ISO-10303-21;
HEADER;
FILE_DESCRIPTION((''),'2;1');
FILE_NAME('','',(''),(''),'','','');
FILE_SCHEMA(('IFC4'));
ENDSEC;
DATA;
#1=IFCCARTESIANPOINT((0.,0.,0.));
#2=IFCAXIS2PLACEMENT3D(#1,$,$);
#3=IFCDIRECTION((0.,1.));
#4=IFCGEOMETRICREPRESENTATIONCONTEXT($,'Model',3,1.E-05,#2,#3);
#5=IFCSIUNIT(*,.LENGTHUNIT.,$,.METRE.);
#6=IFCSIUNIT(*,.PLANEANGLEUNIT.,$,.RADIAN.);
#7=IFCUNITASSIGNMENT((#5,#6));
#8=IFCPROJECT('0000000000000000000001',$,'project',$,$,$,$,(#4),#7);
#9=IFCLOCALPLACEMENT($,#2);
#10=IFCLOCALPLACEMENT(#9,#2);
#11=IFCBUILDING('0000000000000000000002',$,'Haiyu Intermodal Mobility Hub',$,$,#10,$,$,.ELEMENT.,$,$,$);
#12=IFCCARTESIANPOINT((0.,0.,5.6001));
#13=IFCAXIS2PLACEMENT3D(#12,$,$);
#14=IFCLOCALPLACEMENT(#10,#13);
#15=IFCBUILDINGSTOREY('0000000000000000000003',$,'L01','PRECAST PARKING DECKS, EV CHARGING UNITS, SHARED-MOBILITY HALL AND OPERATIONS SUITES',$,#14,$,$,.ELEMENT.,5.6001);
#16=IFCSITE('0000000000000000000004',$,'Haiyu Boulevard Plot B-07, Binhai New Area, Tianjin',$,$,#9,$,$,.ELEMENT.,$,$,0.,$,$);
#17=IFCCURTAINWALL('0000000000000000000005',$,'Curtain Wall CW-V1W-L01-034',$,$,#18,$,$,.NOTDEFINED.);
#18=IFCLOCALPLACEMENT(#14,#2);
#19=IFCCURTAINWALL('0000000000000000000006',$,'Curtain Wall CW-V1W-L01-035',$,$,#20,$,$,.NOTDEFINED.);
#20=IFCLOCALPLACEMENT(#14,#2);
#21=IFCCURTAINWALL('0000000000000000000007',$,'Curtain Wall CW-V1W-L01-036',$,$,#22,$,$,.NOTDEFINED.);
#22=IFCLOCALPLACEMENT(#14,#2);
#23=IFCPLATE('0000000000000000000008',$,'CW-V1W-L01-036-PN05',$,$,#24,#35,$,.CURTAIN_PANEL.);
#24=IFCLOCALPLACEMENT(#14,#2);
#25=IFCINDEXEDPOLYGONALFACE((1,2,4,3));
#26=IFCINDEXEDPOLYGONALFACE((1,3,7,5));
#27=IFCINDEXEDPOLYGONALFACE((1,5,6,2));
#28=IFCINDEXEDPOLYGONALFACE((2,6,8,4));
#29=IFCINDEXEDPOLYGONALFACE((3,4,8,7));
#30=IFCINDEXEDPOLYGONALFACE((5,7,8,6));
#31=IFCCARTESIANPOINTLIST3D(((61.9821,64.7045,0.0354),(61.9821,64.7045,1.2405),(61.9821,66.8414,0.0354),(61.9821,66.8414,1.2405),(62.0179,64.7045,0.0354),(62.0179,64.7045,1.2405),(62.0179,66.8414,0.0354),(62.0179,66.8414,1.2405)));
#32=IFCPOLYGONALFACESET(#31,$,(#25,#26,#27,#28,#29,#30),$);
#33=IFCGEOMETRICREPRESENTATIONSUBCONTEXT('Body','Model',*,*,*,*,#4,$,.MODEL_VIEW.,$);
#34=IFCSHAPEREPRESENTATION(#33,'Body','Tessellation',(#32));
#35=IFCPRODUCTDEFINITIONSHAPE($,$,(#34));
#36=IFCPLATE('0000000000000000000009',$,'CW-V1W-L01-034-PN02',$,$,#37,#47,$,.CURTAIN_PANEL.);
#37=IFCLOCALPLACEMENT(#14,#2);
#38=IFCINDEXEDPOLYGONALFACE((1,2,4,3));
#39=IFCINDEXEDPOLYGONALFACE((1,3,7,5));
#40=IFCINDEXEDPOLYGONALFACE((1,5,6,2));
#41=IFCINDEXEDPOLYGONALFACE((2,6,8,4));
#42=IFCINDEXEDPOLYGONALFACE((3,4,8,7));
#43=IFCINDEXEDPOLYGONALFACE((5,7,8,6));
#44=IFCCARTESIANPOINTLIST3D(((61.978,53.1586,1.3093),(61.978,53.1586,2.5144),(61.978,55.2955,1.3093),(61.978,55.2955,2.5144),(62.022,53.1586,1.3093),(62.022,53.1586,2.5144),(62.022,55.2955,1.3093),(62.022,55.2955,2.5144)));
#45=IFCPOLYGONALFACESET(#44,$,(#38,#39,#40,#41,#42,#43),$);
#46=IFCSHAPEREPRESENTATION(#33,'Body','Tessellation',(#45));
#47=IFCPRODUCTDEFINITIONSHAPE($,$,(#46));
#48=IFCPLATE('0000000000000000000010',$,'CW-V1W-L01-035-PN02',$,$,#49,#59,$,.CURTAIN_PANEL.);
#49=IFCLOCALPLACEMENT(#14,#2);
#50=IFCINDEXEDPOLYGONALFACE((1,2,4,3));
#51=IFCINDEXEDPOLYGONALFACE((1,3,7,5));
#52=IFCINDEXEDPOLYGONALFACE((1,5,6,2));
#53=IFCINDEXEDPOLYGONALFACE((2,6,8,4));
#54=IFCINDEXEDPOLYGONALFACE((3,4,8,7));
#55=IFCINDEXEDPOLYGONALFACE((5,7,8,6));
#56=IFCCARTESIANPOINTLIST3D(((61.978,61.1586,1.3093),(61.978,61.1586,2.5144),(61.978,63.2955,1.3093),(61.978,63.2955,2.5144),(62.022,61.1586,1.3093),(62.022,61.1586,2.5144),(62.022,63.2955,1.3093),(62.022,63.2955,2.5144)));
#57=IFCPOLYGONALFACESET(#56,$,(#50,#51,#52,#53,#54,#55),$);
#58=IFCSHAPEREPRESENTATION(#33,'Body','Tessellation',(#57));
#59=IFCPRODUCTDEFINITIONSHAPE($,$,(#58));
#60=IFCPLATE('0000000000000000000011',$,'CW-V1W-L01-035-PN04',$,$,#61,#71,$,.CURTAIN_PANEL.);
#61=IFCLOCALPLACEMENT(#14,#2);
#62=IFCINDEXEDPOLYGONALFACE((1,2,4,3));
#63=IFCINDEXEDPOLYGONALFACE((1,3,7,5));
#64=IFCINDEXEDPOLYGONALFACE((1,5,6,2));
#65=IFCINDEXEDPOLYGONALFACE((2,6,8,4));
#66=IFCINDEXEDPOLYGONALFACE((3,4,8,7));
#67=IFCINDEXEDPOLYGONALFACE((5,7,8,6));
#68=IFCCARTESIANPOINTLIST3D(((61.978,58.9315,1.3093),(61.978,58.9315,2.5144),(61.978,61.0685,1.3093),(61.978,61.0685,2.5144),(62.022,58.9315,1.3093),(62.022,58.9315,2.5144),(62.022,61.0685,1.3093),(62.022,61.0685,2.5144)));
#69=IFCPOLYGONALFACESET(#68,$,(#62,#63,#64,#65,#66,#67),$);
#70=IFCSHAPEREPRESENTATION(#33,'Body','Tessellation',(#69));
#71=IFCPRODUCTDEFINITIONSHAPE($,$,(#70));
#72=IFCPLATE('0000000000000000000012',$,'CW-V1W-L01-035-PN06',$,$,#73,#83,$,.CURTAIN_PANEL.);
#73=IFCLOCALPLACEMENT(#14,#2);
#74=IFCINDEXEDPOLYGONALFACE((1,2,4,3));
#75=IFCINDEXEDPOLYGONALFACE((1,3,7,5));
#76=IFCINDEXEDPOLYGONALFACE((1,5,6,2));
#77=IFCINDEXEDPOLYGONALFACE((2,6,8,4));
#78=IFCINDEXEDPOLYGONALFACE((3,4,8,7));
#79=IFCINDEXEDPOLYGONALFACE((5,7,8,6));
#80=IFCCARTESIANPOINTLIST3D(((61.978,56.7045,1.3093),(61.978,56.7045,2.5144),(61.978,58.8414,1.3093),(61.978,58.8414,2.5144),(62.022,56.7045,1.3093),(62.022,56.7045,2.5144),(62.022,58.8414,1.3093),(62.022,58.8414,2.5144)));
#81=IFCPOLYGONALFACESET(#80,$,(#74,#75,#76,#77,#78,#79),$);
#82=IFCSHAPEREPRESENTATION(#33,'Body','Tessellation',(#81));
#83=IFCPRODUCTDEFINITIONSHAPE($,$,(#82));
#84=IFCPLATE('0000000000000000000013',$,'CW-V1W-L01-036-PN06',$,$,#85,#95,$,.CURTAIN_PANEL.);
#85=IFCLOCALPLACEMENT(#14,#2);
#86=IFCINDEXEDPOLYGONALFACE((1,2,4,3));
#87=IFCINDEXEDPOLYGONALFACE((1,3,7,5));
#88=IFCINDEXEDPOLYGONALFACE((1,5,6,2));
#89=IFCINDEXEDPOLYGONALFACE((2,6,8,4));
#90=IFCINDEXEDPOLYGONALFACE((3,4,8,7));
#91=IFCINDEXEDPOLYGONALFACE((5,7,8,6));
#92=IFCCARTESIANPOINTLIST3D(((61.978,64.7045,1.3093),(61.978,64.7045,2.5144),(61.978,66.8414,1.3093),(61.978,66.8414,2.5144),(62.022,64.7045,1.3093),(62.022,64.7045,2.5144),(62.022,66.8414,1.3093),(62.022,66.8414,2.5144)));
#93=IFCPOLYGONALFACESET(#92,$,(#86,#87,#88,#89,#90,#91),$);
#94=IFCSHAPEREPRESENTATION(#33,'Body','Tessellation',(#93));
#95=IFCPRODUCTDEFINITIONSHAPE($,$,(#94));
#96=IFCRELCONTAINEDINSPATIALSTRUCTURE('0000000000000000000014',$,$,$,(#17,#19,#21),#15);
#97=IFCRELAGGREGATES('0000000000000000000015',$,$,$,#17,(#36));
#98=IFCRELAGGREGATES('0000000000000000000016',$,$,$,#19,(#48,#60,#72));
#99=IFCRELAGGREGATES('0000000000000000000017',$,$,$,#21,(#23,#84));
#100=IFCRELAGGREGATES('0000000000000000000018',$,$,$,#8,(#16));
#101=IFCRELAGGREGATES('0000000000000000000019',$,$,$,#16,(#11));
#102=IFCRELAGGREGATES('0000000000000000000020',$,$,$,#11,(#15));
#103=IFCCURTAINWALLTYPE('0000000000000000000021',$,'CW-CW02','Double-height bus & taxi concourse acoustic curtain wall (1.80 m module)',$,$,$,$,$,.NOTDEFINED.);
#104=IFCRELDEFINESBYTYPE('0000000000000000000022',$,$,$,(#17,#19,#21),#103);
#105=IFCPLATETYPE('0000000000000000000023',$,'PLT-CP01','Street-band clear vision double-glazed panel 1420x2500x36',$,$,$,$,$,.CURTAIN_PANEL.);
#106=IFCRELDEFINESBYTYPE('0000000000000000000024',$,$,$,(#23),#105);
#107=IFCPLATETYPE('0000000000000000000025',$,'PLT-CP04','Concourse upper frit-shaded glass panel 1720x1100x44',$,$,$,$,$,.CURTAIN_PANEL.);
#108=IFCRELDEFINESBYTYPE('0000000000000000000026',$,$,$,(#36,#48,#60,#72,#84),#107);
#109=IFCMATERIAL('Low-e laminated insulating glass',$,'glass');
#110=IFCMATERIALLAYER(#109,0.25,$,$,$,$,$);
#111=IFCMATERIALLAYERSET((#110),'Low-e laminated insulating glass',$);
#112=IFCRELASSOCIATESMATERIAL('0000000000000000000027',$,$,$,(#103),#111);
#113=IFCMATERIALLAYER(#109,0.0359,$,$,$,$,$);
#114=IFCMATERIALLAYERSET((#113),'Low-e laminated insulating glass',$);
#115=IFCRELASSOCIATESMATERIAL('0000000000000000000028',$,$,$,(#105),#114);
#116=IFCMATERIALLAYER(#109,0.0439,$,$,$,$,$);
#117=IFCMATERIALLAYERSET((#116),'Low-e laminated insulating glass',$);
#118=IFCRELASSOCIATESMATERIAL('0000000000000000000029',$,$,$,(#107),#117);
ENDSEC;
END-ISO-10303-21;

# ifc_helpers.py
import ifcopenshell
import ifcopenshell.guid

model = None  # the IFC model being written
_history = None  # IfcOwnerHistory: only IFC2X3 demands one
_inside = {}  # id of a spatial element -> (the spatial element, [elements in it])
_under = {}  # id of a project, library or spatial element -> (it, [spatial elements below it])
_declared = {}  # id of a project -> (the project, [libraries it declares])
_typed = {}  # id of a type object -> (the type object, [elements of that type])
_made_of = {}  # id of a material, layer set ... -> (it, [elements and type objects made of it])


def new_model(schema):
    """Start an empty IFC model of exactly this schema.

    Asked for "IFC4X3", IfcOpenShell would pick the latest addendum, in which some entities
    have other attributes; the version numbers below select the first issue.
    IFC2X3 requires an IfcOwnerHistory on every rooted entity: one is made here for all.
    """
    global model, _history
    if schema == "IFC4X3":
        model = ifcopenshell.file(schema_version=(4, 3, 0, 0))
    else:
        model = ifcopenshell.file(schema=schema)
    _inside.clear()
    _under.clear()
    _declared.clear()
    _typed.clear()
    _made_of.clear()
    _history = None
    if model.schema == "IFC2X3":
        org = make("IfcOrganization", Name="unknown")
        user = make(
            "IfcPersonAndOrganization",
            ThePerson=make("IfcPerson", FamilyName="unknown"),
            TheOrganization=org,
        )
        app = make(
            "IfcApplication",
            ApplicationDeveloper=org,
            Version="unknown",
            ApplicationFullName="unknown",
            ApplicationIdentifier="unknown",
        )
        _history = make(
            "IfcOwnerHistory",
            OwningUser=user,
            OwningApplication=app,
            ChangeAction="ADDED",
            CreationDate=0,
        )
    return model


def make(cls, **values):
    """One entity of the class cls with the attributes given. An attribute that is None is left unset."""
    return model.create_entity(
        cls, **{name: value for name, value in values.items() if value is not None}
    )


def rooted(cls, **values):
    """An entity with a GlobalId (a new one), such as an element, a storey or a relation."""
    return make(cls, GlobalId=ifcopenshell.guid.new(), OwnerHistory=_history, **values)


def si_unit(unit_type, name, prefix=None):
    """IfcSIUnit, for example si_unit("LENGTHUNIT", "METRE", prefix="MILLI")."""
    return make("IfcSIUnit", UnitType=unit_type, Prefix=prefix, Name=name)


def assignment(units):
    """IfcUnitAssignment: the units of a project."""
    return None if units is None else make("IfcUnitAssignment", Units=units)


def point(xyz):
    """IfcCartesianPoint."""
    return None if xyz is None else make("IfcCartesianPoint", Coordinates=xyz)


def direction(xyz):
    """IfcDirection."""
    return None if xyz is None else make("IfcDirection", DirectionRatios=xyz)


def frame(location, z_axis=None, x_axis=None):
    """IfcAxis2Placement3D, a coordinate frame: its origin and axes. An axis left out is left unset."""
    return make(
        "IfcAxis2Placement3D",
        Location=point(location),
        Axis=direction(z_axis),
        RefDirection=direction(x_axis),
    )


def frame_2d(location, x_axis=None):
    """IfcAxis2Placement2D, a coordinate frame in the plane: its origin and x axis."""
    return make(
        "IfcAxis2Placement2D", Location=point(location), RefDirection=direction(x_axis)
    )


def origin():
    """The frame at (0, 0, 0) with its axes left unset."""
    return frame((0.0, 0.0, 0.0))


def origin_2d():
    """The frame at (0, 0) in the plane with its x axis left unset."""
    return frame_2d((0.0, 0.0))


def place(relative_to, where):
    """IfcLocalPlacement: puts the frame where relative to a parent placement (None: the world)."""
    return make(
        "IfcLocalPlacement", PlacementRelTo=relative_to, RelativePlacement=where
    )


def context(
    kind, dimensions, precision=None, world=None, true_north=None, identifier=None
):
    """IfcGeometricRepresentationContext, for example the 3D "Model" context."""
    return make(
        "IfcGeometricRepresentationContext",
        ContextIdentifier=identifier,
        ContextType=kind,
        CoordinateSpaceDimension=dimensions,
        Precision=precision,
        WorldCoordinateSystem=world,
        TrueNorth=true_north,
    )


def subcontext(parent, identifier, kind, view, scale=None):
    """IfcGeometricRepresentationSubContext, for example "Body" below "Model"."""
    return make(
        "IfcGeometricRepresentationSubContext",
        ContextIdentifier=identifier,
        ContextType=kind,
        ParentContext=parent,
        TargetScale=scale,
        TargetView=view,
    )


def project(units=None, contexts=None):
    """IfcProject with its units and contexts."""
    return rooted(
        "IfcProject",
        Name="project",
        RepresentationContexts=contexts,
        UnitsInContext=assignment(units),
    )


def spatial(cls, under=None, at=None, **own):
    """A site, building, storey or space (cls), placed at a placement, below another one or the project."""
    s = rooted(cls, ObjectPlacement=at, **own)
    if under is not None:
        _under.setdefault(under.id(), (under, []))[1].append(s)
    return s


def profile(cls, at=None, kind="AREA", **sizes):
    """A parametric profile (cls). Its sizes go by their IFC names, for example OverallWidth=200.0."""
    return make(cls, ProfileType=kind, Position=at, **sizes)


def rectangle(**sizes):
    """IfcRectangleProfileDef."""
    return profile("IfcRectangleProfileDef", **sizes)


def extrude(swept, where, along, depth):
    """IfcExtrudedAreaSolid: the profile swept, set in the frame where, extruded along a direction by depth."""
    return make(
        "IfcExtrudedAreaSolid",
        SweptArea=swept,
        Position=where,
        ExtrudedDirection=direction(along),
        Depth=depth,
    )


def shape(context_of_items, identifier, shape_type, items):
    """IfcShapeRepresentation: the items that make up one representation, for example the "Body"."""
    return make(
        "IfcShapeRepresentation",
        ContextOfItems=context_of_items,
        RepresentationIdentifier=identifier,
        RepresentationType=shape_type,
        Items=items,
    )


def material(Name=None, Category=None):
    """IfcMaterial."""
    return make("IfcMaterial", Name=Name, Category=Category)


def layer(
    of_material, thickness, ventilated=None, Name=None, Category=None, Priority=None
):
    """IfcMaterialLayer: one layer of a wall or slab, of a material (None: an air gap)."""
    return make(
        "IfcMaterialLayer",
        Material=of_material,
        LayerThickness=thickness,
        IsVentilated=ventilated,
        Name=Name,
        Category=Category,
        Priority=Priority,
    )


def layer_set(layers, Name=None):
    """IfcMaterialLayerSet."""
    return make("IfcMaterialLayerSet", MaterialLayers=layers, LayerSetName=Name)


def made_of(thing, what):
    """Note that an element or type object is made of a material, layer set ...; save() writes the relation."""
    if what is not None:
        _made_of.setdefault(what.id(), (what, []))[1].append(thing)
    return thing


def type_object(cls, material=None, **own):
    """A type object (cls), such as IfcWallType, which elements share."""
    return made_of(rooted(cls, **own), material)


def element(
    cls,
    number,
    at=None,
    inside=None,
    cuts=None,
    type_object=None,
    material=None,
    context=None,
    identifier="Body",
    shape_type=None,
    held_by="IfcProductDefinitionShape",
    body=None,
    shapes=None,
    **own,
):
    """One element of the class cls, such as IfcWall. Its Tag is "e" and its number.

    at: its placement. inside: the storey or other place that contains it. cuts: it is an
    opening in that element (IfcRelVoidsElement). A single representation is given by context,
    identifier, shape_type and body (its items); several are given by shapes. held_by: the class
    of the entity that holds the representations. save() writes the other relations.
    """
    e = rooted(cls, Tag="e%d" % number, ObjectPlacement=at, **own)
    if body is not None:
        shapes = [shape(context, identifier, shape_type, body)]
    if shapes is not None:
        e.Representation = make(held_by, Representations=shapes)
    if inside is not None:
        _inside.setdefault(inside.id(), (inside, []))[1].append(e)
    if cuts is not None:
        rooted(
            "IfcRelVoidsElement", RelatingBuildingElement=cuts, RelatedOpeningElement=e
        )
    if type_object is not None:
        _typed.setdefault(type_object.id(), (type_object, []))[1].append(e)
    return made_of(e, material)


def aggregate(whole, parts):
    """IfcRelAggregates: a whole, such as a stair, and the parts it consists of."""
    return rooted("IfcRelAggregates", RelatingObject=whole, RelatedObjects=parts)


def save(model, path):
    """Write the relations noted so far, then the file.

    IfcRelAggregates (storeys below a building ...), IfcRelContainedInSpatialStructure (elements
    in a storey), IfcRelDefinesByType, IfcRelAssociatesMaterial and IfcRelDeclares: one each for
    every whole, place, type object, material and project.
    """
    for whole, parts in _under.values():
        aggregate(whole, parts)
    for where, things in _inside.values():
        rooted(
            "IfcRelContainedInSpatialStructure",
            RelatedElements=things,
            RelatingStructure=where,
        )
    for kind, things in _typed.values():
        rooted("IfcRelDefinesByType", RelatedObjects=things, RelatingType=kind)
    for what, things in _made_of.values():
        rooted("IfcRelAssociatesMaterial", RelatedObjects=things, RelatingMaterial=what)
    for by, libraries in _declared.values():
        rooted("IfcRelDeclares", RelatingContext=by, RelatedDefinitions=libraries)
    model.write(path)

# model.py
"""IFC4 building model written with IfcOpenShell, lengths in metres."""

from ifc_helpers import new_model, si_unit, direction, frame, origin, origin_2d, place, context, subcontext, project, spatial, rectangle, extrude, material, layer, layer_set, type_object, element, aggregate, save


model = new_model("IFC4")

# Units and contexts
model_context = context("Model", 3, precision=1e-05, world=origin(), true_north=direction((0.0, 1.0)))
body_context = subcontext(model_context, "Body", "Model", "MODEL_VIEW")
ifc_project = project(units=[si_unit("LENGTHUNIT", "METRE"), si_unit("PLANEANGLEUNIT", "RADIAN")], contexts=[model_context])

# Site, building, storey
site_placement = place(None, origin())
site = spatial("IfcSite", under=ifc_project, at=site_placement, Name="Haiyu Boulevard Plot B-07, Binhai New Area, Tianjin", CompositionType="ELEMENT", RefElevation=0.0)
building_placement = place(site_placement, origin())
building = spatial("IfcBuilding", under=site, at=building_placement, Name="Haiyu Intermodal Mobility Hub", CompositionType="ELEMENT")
storey_placement = place(building_placement, frame((0.0, 0.0, 5.6001)))
storey = spatial("IfcBuildingStorey", under=building, at=storey_placement, Name="L01", Description="PRECAST PARKING DECKS, EV CHARGING UNITS, SHARED-MOBILITY HALL AND OPERATIONS SUITES", CompositionType="ELEMENT", Elevation=5.6001)

# Curtain walls
ifc_material_1 = material(Name="Low-e laminated insulating glass", Category="glass")
ifc_layer_1 = layer(ifc_material_1, 0.25)
ifc_layer_set_1 = layer_set([ifc_layer_1], Name="Low-e laminated insulating glass")
curtain_wall_type = type_object("IfcCurtainWallType", Name="CW-CW02", Description="Double-height bus & taxi concourse acoustic curtain wall (1.80 m module)", PredefinedType="NOTDEFINED", material=ifc_layer_set_1)
curtain_wall_1_placement = place(storey_placement, origin())
curtain_wall_1 = element("IfcCurtainWall", 1, at=curtain_wall_1_placement, inside=storey, type_object=curtain_wall_type, Name="Curtain Wall CW-V1W-L01-034", PredefinedType="NOTDEFINED")
curtain_wall_2_placement = place(storey_placement, origin())
curtain_wall_2 = element("IfcCurtainWall", 2, at=curtain_wall_2_placement, inside=storey, type_object=curtain_wall_type, Name="Curtain Wall CW-V1W-L01-035", PredefinedType="NOTDEFINED")

# Curtain wall
curtain_wall_3_placement = place(storey_placement, origin())
curtain_wall_3 = element("IfcCurtainWall", 3, at=curtain_wall_3_placement, inside=storey, type_object=curtain_wall_type, Name="Curtain Wall CW-V1W-L01-036", PredefinedType="NOTDEFINED")

# Plates
ifc_layer_2 = layer(ifc_material_1, 0.0359)
ifc_layer_set_2 = layer_set([ifc_layer_2], Name="Low-e laminated insulating glass")
plate_type_1 = type_object("IfcPlateType", Name="PLT-CP01", Description="Street-band clear vision double-glazed panel 1420x2500x36", PredefinedType="CURTAIN_PANEL", material=ifc_layer_set_2)
plate_1_placement = place(storey_placement, frame((62.0, 65.7729, 0.0354), z_axis=(0.0, 0.0, 1.0), x_axis=(0.0, -1.0, 0.0)))
plate_1 = element("IfcPlate", 4, at=plate_1_placement, type_object=plate_type_1, Name="CW-V1W-L01-036-PN05", PredefinedType="CURTAIN_PANEL", context=body_context, shape_type="SweptSolid", body=[
    extrude(rectangle(XDim=2.137, YDim=0.0359, at=origin_2d()), origin(), (0.0, 0.0, 1.0), 1.2051),
])
ifc_layer_3 = layer(ifc_material_1, 0.0439)
ifc_layer_set_3 = layer_set([ifc_layer_3], Name="Low-e laminated insulating glass")
plate_type_2 = type_object("IfcPlateType", Name="PLT-CP04", Description="Concourse upper frit-shaded glass panel 1720x1100x44", PredefinedType="CURTAIN_PANEL", material=ifc_layer_set_3)
plate_2_placement = place(storey_placement, frame((62.0, 54.2271, 1.3093), z_axis=(0.0, 0.0, 1.0), x_axis=(0.0, -1.0, 0.0)))
plate_2 = element("IfcPlate", 5, at=plate_2_placement, type_object=plate_type_2, Name="CW-V1W-L01-034-PN02", PredefinedType="CURTAIN_PANEL", context=body_context, shape_type="SweptSolid", body=[
    extrude(rectangle(XDim=2.137, YDim=0.0439, at=origin_2d()), origin(), (0.0, 0.0, 1.0), 1.2051),
])
aggregate(curtain_wall_1, [plate_2])
plate_3_placement = place(storey_placement, frame((62.0, 62.2271, 1.3093), z_axis=(0.0, 0.0, 1.0), x_axis=(0.0, -1.0, 0.0)))
plate_3 = element("IfcPlate", 6, at=plate_3_placement, type_object=plate_type_2, Name="CW-V1W-L01-035-PN02", PredefinedType="CURTAIN_PANEL", context=body_context, shape_type="SweptSolid", body=[
    extrude(rectangle(XDim=2.137, YDim=0.0439, at=origin_2d()), origin(), (0.0, 0.0, 1.0), 1.2051),
])
plate_4_placement = place(storey_placement, frame((62.0, 60.0, 1.3093), z_axis=(0.0, 0.0, 1.0), x_axis=(0.0, -1.0, 0.0)))
plate_4 = element("IfcPlate", 7, at=plate_4_placement, type_object=plate_type_2, Name="CW-V1W-L01-035-PN04", PredefinedType="CURTAIN_PANEL", context=body_context, shape_type="SweptSolid", body=[
    extrude(rectangle(XDim=2.137, YDim=0.0439, at=origin_2d()), origin(), (0.0, 0.0, 1.0), 1.2051),
])
plate_5_placement = place(storey_placement, frame((62.0, 57.7729, 1.3093), z_axis=(0.0, 0.0, 1.0), x_axis=(0.0, -1.0, 0.0)))
plate_5 = element("IfcPlate", 8, at=plate_5_placement, type_object=plate_type_2, Name="CW-V1W-L01-035-PN06", PredefinedType="CURTAIN_PANEL", context=body_context, shape_type="SweptSolid", body=[
    extrude(rectangle(XDim=2.137, YDim=0.0439, at=origin_2d()), origin(), (0.0, 0.0, 1.0), 1.2051),
])
aggregate(curtain_wall_2, [plate_3, plate_4, plate_5])
plate_6_placement = place(storey_placement, frame((62.0, 65.7729, 1.3093), z_axis=(0.0, 0.0, 1.0), x_axis=(0.0, -1.0, 0.0)))
plate_6 = element("IfcPlate", 9, at=plate_6_placement, type_object=plate_type_2, Name="CW-V1W-L01-036-PN06", PredefinedType="CURTAIN_PANEL", context=body_context, shape_type="SweptSolid", body=[
    extrude(rectangle(XDim=2.137, YDim=0.0439, at=origin_2d()), origin(), (0.0, 0.0, 1.0), 1.2051),
])
aggregate(curtain_wall_3, [plate_1, plate_6])

save(model, "model.ifc")
